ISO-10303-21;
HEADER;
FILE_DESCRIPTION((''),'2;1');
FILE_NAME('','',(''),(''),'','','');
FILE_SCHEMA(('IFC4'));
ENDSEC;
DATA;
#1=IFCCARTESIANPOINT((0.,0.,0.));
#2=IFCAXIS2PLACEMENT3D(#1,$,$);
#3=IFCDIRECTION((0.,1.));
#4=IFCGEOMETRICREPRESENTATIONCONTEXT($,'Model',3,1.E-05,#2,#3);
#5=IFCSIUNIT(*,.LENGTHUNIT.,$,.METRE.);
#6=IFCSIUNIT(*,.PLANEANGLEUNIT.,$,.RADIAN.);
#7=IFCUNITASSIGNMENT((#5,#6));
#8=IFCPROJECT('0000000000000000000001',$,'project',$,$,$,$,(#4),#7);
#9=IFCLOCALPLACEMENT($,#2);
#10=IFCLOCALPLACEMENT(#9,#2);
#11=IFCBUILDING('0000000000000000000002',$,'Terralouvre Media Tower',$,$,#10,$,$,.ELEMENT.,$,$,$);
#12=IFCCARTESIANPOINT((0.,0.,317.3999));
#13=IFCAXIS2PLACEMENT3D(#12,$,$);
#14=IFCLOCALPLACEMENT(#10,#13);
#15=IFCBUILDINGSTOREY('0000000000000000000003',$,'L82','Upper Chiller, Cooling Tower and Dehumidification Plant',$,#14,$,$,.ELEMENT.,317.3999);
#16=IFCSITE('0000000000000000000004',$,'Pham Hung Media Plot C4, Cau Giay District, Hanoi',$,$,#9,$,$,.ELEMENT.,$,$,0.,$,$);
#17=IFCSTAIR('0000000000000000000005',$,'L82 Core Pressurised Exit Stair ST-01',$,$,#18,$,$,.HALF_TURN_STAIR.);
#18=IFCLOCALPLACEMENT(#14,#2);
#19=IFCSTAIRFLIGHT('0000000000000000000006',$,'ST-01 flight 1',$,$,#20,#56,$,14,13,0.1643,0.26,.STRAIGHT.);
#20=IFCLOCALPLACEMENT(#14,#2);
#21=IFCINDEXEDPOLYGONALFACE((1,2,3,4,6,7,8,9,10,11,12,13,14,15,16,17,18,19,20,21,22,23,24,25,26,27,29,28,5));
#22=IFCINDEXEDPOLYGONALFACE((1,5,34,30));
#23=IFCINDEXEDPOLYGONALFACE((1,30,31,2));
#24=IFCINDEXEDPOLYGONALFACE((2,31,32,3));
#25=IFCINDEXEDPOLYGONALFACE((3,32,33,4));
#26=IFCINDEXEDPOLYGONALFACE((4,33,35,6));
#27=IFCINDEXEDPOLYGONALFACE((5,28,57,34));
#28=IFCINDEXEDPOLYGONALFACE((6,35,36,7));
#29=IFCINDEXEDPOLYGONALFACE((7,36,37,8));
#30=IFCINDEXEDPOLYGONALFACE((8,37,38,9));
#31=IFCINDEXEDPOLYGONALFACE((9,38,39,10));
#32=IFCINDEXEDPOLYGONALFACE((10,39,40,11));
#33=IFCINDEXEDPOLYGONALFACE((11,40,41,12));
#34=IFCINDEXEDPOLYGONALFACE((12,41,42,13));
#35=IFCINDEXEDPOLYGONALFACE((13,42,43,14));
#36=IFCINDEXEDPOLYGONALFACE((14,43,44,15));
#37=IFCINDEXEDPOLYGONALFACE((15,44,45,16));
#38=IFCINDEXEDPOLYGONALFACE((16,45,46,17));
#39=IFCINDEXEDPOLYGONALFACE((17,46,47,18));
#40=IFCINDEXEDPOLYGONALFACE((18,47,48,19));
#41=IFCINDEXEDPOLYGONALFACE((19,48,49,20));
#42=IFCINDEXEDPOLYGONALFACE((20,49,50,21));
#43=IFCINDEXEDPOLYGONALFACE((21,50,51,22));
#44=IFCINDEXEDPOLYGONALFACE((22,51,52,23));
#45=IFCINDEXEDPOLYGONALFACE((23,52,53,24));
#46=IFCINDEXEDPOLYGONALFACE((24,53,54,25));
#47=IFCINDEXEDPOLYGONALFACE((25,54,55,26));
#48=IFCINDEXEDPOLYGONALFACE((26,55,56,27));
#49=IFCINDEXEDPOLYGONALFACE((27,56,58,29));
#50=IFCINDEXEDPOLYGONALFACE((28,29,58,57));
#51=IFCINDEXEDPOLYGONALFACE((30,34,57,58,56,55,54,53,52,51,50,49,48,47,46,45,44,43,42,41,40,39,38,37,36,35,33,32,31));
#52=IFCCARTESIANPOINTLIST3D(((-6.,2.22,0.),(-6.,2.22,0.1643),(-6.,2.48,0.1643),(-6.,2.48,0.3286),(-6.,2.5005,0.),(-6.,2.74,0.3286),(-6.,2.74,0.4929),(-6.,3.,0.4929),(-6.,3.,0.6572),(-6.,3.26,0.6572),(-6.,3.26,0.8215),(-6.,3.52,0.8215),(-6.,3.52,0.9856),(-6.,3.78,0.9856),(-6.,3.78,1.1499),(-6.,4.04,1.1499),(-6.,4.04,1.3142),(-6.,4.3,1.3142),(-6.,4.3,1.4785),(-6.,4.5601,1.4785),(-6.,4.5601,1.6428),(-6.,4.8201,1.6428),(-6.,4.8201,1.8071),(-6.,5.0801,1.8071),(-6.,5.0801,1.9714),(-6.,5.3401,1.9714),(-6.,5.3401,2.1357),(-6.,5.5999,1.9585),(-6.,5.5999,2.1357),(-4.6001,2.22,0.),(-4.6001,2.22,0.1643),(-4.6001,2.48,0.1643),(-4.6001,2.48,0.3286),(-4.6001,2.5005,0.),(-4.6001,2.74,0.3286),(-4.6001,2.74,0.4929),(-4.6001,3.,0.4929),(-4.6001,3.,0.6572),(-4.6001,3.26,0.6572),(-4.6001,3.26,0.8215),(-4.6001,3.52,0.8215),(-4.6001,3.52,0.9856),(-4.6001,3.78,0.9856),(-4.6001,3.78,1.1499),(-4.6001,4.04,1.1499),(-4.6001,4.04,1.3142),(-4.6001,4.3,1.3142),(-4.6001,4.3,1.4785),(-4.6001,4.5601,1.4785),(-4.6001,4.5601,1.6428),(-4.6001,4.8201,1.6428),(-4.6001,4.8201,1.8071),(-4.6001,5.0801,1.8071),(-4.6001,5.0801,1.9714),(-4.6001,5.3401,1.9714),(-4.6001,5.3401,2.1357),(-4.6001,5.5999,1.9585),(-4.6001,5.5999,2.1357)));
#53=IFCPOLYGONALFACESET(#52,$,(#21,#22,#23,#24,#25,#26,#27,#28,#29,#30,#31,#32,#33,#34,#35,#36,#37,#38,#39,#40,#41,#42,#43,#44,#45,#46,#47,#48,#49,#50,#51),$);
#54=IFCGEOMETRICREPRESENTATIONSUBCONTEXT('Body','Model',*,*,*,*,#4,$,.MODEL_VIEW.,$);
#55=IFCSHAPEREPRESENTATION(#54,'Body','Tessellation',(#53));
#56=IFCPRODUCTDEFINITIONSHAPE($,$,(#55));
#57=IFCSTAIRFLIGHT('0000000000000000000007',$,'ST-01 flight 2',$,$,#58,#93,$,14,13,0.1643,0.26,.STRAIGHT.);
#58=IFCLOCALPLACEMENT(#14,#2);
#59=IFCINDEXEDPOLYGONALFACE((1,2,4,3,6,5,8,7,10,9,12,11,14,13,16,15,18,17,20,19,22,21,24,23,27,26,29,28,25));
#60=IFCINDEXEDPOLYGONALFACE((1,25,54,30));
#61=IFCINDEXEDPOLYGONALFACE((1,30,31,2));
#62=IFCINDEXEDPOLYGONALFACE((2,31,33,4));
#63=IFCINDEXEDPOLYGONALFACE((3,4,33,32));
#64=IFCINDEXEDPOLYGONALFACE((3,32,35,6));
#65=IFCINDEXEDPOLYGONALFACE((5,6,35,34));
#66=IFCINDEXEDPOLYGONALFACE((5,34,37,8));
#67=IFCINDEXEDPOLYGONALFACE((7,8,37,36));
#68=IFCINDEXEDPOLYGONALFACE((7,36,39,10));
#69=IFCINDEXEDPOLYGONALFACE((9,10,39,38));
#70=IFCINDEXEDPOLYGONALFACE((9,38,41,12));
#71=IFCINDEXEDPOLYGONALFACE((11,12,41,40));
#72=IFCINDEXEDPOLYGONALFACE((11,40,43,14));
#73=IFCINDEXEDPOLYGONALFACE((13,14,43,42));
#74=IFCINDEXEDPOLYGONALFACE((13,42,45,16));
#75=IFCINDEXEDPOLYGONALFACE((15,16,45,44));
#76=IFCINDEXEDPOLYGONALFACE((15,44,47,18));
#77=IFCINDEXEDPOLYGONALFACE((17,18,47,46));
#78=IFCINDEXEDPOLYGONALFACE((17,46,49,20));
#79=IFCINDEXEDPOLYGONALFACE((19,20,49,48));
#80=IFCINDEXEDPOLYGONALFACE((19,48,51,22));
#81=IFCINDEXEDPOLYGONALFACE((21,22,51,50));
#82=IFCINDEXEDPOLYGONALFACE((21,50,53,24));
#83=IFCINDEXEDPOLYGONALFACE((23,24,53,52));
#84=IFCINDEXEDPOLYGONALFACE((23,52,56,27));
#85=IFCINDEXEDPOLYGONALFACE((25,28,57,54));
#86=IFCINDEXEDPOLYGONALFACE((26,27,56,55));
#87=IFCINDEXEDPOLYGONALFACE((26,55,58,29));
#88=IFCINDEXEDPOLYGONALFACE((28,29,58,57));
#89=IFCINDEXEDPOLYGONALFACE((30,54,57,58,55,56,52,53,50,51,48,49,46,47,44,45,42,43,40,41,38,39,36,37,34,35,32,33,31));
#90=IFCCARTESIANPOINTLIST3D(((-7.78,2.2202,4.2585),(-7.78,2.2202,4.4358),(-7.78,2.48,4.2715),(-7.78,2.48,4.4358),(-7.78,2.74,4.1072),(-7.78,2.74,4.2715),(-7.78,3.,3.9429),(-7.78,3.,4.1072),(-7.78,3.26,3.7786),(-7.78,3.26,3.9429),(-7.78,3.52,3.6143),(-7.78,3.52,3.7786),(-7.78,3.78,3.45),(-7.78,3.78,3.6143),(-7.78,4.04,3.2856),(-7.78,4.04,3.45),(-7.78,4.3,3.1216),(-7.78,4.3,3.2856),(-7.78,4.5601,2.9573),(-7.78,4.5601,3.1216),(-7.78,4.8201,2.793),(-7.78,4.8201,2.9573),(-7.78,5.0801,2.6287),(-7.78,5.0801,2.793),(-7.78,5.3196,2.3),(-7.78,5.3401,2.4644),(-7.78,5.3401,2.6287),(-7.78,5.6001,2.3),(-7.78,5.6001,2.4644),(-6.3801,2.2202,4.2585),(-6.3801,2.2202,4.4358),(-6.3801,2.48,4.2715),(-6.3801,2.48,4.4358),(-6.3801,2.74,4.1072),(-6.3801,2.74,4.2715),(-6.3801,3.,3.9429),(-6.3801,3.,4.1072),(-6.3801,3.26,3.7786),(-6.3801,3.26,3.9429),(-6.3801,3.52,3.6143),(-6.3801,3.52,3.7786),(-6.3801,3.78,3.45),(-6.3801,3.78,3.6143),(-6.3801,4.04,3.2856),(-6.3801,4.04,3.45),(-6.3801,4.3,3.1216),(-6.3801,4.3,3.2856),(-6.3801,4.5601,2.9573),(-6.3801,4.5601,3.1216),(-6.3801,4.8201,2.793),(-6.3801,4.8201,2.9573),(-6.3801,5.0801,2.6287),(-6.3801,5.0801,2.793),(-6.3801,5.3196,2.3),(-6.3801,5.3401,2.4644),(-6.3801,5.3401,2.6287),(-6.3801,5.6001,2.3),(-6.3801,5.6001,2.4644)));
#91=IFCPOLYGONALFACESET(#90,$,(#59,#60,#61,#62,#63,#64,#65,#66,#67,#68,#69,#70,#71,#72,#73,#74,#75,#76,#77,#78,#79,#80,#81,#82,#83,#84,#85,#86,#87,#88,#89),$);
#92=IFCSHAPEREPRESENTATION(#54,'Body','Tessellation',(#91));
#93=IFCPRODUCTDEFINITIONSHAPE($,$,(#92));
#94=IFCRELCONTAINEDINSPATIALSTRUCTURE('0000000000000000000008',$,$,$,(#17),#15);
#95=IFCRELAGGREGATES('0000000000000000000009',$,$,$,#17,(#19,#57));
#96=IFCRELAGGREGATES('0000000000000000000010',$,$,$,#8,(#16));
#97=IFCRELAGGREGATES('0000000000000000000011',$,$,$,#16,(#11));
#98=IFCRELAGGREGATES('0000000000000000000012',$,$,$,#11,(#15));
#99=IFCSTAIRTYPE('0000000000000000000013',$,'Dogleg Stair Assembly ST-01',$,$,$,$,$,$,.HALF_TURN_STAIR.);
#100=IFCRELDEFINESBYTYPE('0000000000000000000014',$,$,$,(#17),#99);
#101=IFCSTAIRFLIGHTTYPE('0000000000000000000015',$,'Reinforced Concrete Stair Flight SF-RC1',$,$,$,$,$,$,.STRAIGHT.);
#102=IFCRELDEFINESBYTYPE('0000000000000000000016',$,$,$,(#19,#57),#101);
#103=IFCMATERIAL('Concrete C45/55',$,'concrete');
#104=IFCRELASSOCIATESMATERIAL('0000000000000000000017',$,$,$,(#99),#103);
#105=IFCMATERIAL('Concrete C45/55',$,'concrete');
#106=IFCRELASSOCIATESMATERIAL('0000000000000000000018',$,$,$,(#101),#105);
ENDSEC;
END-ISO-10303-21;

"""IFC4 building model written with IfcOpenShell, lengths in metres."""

from ifc_helpers import new_model, si_unit, direction, frame, origin, place, context, subcontext, project, spatial, polyline, outline, extrude, material, type_object, element, aggregate, save


model = new_model("IFC4")

# Units and contexts
model_context = context("Model", 3, precision=1e-05, world=origin(), true_north=direction((0.0, 1.0)))
body_context = subcontext(model_context, "Body", "Model", "MODEL_VIEW")
ifc_project = project(units=[si_unit("LENGTHUNIT", "METRE"), si_unit("PLANEANGLEUNIT", "RADIAN")], contexts=[model_context])

# Site, building, storey
site_placement = place(None, origin())
site = spatial("IfcSite", under=ifc_project, at=site_placement, Name="Pham Hung Media Plot C4, Cau Giay District, Hanoi", CompositionType="ELEMENT", RefElevation=0.0)
building_placement = place(site_placement, origin())
building = spatial("IfcBuilding", under=site, at=building_placement, Name="Terralouvre Media Tower", CompositionType="ELEMENT")
storey_placement = place(building_placement, frame((0.0, 0.0, 317.3999)))
storey = spatial("IfcBuildingStorey", under=building, at=storey_placement, Name="L82", Description="Upper Chiller, Cooling Tower and Dehumidification Plant", CompositionType="ELEMENT", Elevation=317.3999)

# Stair, stair flights
ifc_material_1 = material(Name="Concrete C45/55", Category="concrete")
stair_type = type_object("IfcStairType", Name="Dogleg Stair Assembly ST-01", PredefinedType="HALF_TURN_STAIR", material=ifc_material_1)
stair_placement = place(storey_placement, origin())
stair = element("IfcStair", 1, at=stair_placement, inside=storey, type_object=stair_type, Name="L82 Core Pressurised Exit Stair ST-01", PredefinedType="HALF_TURN_STAIR")
ifc_material_2 = material(Name="Concrete C45/55", Category="concrete")
stair_flight_type = type_object("IfcStairFlightType", Name="Reinforced Concrete Stair Flight SF-RC1", PredefinedType="STRAIGHT", material=ifc_material_2)
stair_flight_1_placement = place(storey_placement, frame((-5.3, 2.22, 0.0), z_axis=(0.0, 0.0, 1.0), x_axis=(0.0, 1.0, 0.0)))
stair_flight_1 = element("IfcStairFlight", 2, at=stair_flight_1_placement, type_object=stair_flight_type, Name="ST-01 flight 1", NumberOfRisers=14, NumberOfTreads=13, PredefinedType="STRAIGHT", RiserHeight=0.1643, TreadLength=0.26, context=body_context, shape_type="SweptSolid", body=[
    extrude(outline(polyline([(0.0, 0.0), (0.0, 0.1643), (0.26, 0.1643), (0.26, 0.3286), (0.52, 0.3286), (0.52, 0.4929), (0.78, 0.4929), (0.78, 0.6572), (1.04, 0.6572), (1.04, 0.8215), (1.3, 0.8215), (1.3, 0.9856), (1.5601, 0.9856), (1.5601, 1.1499), (1.8201, 1.1499), (1.8201, 1.3142), (2.0801, 1.3142), (2.0801, 1.4785), (2.3401, 1.4785), (2.3401, 1.6428), (2.6001, 1.6428), (2.6001, 1.8071), (2.8601, 1.8071), (2.8601, 1.9714), (3.1201, 1.9714), (3.1201, 2.1357), (3.3799, 2.1357), (3.3799, 2.3), (3.3799, 1.9585), (0.2805, 0.0), (0.0, 0.0)])), frame((0.0, 0.7, 0.0), z_axis=(0.0, -1.0, 0.0), x_axis=(1.0, 0.0, 0.0)), (0.0, 0.0, 1.0), 1.3999),
])
stair_flight_2_placement = place(storey_placement, frame((-7.0801, 5.6001, 2.3), z_axis=(0.0, 0.0, 1.0), x_axis=(0.0, -1.0, 0.0)))
stair_flight_2 = element("IfcStairFlight", 3, at=stair_flight_2_placement, type_object=stair_flight_type, Name="ST-01 flight 2", NumberOfRisers=14, NumberOfTreads=13, PredefinedType="STRAIGHT", RiserHeight=0.1643, TreadLength=0.26, context=body_context, shape_type="SweptSolid", body=[
    extrude(outline(polyline([(0.0, 0.0), (0.0, 0.1643), (0.26, 0.1643), (0.26, 0.3286), (0.52, 0.3286), (0.52, 0.4929), (0.78, 0.4929), (0.78, 0.6572), (1.04, 0.6572), (1.04, 0.8215), (1.3, 0.8215), (1.3, 0.9856), (1.5601, 0.9856), (1.5601, 1.1499), (1.8201, 1.1499), (1.8201, 1.3142), (2.0801, 1.3142), (2.0801, 1.4785), (2.3401, 1.4785), (2.3401, 1.6428), (2.6001, 1.6428), (2.6001, 1.8071), (2.8601, 1.8071), (2.8601, 1.9714), (3.1201, 1.9714), (3.1201, 2.1357), (3.3799, 2.1357), (3.3799, 2.3), (3.3799, 1.9585), (0.2805, 0.0), (0.0, 0.0)])), frame((0.0, 0.7, 0.0), z_axis=(0.0, -1.0, 0.0), x_axis=(1.0, 0.0, 0.0)), (0.0, 0.0, 1.0), 1.3999),
])
aggregate(stair, [stair_flight_1, stair_flight_2])

save(model, "model.ifc")
